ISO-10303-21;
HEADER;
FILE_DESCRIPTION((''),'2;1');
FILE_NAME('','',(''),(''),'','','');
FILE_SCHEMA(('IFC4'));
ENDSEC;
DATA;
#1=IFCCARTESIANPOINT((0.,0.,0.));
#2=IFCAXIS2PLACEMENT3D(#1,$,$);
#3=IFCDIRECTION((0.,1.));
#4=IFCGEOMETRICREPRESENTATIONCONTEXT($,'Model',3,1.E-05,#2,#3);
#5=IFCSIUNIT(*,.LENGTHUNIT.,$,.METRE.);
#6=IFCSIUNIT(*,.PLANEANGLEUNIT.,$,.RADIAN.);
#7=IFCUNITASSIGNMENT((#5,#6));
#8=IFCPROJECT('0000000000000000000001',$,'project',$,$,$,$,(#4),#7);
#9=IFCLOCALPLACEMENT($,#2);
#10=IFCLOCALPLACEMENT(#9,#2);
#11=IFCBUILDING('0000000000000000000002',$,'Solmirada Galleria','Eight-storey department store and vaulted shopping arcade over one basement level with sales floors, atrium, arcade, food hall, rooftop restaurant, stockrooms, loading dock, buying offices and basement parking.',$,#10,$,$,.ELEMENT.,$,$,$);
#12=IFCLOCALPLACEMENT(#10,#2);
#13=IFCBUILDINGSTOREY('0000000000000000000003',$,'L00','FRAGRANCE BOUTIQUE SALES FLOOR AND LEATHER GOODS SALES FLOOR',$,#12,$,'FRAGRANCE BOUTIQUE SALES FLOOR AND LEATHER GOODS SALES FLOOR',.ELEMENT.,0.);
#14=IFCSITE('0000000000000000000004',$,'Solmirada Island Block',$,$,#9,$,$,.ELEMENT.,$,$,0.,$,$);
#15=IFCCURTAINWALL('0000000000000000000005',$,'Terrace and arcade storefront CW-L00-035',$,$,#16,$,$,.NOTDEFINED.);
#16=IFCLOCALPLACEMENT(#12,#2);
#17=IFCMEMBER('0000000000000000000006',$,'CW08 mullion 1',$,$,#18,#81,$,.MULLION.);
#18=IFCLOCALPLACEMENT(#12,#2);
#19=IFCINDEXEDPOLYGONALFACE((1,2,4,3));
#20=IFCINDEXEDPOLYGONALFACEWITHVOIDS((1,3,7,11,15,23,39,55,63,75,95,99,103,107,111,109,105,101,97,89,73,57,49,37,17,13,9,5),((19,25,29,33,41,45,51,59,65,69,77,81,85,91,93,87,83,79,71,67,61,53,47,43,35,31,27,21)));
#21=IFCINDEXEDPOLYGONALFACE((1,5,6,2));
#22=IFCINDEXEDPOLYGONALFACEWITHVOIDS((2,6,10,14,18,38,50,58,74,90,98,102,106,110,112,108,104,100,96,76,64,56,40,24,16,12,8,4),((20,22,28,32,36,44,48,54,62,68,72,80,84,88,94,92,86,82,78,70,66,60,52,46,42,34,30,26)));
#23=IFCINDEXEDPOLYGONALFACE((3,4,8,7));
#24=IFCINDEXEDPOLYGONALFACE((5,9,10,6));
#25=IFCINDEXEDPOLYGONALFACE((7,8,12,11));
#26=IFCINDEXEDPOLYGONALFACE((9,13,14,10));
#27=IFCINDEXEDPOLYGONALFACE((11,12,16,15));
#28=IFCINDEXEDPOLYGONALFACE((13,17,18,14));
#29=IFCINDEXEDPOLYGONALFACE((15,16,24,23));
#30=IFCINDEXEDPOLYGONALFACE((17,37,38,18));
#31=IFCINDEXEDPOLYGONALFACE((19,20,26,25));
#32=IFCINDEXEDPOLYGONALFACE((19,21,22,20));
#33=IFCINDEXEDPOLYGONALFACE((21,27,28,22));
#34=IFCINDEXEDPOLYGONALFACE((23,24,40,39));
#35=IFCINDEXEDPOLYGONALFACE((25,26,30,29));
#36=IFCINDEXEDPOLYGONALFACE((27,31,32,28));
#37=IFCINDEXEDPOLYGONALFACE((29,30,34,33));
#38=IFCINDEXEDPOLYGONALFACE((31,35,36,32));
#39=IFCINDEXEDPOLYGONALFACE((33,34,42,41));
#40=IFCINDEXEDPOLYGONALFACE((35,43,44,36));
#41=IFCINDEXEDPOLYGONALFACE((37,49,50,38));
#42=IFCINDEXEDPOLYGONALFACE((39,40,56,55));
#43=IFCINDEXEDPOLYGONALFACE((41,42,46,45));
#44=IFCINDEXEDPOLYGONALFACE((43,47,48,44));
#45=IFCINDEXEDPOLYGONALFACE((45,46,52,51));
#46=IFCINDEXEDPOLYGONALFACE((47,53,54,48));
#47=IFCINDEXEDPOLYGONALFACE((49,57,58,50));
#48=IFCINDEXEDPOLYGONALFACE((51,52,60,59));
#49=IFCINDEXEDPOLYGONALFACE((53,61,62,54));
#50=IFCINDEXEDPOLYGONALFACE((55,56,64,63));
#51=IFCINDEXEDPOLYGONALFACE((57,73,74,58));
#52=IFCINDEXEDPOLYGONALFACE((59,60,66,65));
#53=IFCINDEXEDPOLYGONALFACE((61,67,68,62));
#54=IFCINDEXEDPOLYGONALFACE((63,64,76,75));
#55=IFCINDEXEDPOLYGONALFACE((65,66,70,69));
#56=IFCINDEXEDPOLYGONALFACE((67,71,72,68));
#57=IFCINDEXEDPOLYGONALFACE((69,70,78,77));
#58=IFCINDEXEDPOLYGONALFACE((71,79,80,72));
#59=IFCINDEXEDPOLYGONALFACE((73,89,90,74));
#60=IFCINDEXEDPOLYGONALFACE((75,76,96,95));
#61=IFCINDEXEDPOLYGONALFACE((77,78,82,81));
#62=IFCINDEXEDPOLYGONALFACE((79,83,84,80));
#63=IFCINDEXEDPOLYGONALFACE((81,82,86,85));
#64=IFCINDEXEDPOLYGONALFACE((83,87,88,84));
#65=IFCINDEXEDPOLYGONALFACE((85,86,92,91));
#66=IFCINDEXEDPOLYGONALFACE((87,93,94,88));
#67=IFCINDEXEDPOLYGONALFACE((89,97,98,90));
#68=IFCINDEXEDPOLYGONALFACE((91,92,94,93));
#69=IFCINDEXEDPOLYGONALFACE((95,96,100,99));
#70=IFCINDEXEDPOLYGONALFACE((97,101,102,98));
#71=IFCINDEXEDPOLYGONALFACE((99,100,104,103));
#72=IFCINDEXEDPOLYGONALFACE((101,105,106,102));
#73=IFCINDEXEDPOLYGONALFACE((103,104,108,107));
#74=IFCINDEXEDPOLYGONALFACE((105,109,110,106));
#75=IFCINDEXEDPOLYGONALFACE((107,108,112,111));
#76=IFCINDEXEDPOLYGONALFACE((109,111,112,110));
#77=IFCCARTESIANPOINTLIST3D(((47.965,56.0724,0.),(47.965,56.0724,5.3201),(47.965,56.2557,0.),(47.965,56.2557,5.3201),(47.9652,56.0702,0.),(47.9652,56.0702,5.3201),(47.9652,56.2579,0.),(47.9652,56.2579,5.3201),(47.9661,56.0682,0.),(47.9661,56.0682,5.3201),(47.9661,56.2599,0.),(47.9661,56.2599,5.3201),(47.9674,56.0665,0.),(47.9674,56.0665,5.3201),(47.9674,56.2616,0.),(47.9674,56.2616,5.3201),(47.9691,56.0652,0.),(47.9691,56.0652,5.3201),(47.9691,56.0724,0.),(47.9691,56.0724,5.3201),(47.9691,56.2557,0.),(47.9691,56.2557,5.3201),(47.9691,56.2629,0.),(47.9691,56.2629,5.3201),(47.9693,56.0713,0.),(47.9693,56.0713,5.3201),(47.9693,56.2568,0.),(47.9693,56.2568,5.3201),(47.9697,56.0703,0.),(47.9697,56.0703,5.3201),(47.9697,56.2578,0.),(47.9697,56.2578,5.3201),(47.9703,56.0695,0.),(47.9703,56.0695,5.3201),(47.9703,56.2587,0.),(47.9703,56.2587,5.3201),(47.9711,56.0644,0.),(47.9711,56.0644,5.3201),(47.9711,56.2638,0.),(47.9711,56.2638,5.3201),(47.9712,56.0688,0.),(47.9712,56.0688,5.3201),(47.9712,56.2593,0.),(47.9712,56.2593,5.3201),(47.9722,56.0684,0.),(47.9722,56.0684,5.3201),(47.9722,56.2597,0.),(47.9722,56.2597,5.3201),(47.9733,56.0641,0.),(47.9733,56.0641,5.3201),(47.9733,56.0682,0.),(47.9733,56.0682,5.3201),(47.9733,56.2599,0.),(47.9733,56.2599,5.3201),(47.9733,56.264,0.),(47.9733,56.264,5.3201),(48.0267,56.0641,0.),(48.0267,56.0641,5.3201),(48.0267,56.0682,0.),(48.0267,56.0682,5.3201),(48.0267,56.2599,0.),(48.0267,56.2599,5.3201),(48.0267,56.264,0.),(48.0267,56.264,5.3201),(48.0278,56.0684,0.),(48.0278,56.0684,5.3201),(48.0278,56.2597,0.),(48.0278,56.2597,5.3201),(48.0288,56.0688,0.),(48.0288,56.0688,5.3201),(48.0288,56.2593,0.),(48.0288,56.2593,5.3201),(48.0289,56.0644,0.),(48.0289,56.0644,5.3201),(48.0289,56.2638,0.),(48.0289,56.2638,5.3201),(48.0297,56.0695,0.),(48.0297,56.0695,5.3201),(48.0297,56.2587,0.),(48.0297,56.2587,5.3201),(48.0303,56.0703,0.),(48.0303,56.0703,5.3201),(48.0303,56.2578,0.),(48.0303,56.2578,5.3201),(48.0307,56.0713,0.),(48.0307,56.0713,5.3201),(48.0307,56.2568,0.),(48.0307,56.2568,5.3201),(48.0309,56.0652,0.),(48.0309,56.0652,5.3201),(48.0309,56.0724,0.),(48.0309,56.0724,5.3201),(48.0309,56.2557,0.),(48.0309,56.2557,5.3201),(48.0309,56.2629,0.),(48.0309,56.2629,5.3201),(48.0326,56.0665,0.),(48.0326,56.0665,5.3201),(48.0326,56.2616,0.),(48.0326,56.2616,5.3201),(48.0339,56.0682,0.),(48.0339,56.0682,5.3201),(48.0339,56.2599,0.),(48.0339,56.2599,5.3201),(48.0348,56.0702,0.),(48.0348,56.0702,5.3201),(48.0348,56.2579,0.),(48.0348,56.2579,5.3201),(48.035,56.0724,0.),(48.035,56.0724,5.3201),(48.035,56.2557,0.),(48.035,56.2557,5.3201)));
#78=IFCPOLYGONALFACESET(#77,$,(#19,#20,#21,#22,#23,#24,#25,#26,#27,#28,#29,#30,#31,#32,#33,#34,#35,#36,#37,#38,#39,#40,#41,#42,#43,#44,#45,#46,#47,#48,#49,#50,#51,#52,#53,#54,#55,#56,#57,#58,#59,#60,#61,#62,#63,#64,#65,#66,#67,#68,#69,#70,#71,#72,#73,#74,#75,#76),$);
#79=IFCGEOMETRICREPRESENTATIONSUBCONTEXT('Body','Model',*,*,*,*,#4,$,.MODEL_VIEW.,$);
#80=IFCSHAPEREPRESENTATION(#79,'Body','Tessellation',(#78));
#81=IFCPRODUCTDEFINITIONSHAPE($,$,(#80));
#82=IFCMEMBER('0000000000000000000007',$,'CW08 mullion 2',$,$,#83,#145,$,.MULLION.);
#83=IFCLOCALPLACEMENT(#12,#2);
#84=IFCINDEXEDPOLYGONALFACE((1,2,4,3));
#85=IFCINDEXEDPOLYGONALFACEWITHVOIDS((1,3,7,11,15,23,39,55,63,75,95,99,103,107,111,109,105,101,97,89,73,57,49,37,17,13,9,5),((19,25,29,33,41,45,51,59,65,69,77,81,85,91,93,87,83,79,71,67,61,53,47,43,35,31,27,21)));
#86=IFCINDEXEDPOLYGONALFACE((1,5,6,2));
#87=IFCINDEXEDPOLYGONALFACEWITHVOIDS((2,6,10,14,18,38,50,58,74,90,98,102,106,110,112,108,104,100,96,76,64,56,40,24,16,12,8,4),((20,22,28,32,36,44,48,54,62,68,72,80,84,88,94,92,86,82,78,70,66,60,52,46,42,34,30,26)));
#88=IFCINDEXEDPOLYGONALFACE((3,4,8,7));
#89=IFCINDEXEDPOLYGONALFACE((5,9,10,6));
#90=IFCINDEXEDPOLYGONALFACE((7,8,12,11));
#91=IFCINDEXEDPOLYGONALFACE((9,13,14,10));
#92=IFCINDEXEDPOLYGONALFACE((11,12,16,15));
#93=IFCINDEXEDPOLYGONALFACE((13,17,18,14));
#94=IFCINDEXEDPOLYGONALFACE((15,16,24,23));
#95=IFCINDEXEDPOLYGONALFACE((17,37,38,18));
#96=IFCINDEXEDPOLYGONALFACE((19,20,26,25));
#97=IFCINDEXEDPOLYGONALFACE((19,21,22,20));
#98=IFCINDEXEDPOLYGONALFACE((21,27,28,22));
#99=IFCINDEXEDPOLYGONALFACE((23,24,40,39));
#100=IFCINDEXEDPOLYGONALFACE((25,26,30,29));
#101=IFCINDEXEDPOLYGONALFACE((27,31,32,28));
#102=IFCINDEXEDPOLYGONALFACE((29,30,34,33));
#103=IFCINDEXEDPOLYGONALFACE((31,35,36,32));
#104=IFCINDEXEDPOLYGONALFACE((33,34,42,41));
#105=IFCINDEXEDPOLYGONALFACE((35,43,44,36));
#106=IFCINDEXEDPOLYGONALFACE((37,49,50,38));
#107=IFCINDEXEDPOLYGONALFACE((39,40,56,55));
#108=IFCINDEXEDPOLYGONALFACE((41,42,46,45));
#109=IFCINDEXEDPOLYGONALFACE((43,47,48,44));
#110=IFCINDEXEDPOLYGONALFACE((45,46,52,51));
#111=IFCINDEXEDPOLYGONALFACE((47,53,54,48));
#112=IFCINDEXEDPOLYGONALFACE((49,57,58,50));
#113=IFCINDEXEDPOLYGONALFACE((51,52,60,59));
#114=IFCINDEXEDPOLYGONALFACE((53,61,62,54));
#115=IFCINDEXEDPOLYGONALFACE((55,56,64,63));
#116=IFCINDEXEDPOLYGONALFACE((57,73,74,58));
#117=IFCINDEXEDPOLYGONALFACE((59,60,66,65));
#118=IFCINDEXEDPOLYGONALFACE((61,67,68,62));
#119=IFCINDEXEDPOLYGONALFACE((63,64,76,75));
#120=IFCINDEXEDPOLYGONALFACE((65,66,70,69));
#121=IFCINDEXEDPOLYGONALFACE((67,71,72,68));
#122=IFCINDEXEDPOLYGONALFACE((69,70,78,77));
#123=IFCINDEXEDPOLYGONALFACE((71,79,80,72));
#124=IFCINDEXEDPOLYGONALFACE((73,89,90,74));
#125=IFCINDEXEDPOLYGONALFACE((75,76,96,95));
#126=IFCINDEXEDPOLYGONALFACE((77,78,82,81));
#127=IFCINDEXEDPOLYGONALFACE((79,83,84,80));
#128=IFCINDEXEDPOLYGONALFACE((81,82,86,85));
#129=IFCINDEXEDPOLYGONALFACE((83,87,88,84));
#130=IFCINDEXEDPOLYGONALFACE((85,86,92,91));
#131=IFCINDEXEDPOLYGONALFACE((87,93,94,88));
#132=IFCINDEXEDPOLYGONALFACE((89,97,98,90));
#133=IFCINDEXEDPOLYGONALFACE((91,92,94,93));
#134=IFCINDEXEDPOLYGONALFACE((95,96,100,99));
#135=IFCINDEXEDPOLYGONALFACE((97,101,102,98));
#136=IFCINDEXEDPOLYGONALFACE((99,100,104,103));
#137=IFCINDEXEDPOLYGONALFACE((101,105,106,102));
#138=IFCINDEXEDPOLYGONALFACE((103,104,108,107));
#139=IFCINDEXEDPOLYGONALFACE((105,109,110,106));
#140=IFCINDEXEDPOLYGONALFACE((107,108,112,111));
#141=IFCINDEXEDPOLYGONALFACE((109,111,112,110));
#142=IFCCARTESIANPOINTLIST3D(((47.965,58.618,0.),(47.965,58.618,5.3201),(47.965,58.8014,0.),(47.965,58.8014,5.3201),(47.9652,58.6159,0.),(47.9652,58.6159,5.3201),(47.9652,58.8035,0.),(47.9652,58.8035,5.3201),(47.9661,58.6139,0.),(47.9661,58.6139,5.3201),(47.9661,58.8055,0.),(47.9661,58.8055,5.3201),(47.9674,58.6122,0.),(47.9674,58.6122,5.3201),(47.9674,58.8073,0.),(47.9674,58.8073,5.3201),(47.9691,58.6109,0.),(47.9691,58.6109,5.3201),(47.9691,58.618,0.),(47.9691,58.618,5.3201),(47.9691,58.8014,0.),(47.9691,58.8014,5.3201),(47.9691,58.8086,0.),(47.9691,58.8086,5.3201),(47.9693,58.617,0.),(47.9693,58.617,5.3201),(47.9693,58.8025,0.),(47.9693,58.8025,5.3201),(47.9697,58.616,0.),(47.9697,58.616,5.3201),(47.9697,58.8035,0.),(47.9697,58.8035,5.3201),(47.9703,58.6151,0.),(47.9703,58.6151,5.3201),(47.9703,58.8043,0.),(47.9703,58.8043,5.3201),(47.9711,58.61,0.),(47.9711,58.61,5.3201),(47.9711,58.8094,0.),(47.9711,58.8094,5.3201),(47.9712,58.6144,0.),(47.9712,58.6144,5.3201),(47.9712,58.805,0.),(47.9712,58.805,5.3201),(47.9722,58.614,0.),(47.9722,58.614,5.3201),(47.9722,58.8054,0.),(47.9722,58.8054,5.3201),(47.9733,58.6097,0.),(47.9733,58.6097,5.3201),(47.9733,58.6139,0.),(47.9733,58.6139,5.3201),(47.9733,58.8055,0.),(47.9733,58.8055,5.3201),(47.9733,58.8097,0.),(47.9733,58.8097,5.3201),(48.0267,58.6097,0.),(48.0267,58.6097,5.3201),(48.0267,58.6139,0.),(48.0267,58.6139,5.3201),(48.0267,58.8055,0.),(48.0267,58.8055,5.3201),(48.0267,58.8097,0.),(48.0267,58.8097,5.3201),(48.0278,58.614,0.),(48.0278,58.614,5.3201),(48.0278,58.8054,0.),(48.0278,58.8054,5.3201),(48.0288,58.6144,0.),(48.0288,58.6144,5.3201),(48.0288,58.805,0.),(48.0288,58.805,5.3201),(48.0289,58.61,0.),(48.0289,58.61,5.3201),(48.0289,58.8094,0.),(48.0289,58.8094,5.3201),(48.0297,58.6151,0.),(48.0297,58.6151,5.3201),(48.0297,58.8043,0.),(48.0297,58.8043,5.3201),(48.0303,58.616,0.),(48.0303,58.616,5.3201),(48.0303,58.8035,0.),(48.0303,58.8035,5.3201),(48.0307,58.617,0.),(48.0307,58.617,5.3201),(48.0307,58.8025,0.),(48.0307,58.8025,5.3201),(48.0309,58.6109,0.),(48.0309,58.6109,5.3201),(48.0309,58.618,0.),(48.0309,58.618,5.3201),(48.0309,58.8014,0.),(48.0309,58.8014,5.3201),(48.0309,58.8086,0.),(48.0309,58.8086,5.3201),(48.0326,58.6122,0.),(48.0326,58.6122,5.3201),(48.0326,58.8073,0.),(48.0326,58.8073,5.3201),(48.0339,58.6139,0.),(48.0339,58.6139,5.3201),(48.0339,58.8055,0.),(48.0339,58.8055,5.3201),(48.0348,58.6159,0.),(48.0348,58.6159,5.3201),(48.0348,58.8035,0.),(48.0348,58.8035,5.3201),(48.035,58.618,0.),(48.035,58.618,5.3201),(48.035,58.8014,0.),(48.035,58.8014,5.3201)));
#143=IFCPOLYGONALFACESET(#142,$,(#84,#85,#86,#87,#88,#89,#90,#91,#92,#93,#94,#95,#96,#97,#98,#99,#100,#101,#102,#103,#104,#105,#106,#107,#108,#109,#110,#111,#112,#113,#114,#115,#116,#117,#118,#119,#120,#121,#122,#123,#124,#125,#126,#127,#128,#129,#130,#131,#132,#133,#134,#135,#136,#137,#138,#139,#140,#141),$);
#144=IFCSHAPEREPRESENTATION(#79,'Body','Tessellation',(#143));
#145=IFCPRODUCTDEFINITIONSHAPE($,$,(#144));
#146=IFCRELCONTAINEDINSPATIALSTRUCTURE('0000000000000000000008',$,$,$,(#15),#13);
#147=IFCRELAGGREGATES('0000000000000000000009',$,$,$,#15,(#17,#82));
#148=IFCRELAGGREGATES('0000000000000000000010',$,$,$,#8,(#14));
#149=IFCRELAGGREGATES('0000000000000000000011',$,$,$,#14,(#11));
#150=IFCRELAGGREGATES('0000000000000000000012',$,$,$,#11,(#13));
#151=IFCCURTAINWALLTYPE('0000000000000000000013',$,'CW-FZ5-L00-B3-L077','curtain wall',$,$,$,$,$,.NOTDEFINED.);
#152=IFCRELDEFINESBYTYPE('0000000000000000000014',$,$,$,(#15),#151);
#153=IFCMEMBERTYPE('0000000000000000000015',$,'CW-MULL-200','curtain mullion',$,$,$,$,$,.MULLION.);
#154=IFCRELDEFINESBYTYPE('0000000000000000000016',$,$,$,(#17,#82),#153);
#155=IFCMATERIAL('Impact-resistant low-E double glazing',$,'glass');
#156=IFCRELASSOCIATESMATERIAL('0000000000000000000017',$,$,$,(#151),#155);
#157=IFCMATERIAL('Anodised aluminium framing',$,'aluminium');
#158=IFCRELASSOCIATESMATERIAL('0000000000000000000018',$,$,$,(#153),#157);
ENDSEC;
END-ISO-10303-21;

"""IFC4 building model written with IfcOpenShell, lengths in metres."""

from ifc_helpers import new_model, si_unit, direction, frame, origin, origin_2d, place, context, subcontext, project, spatial, hollow_rectangle, extrude, material, material_profile, profile_set, type_object, element, aggregate, save


model = new_model("IFC4")

# Units and contexts
model_context = context("Model", 3, precision=1e-05, world=origin(), true_north=direction((0.0, 1.0)))
body_context = subcontext(model_context, "Body", "Model", "MODEL_VIEW")
ifc_project = project(units=[si_unit("LENGTHUNIT", "METRE"), si_unit("PLANEANGLEUNIT", "RADIAN")], contexts=[model_context])

# Site, building, storey
site_placement = place(None, origin())
site = spatial("IfcSite", under=ifc_project, at=site_placement, Name="Solmirada Island Block", CompositionType="ELEMENT", RefElevation=0.0)
building_placement = place(site_placement, origin())
building = spatial("IfcBuilding", under=site, at=building_placement, Name="Solmirada Galleria", Description="Eight-storey department store and vaulted shopping arcade over one basement level with sales floors, atrium, arcade, food hall, rooftop restaurant, stockrooms, loading dock, buying offices and basement parking.", CompositionType="ELEMENT")
storey_placement = place(building_placement, origin())
storey = spatial("IfcBuildingStorey", under=building, at=storey_placement, Name="L00", Description="FRAGRANCE BOUTIQUE SALES FLOOR AND LEATHER GOODS SALES FLOOR", LongName="FRAGRANCE BOUTIQUE SALES FLOOR AND LEATHER GOODS SALES FLOOR", CompositionType="ELEMENT", Elevation=0.0)

# Curtain wall, members
ifc_material_1 = material(Name="Impact-resistant low-E double glazing", Category="glass")
curtain_wall_type = type_object("IfcCurtainWallType", Name="CW-FZ5-L00-B3-L077", Description="curtain wall", PredefinedType="NOTDEFINED", material=ifc_material_1)
ifc_material_2 = material(Name="Anodised aluminium framing", Category="aluminium")
ifc_material_profile_1 = material_profile(ifc_material_2, hollow_rectangle(XDim=0.0701, YDim=0.2, WallThickness=0.0042, InnerFilletRadius=0.0042, OuterFilletRadius=0.0083, at=origin_2d()), Name="ALU-MULL-200X70")
ifc_profile_set_1 = profile_set([ifc_material_profile_1], Name="Anodised aluminium framing")
member_type_1 = type_object("IfcMemberType", Name="CW-MULL-200", Description="curtain mullion", PredefinedType="MULLION", material=ifc_profile_set_1)
curtain_wall_1_placement = place(storey_placement, origin())
curtain_wall_1 = element("IfcCurtainWall", 1, at=curtain_wall_1_placement, inside=storey, type_object=curtain_wall_type, Name="Terrace and arcade storefront CW-L00-035", PredefinedType="NOTDEFINED")
member_1_placement = place(storey_placement, frame((48.0, 56.1641, 0.0), z_axis=(0.0, 0.0, 1.0), x_axis=(-1.0, 0.0, 0.0)))
member_1 = element("IfcMember", 2, at=member_1_placement, type_object=member_type_1, Name="CW08 mullion 1", PredefinedType="MULLION", context=body_context, shape_type="SweptSolid", body=[
    extrude(hollow_rectangle(XDim=0.0701, YDim=0.2, WallThickness=0.0042, InnerFilletRadius=0.0042, OuterFilletRadius=0.0083, at=origin_2d()), origin(), (0.0, 0.0, 1.0), 5.3201),
])
member_2_placement = place(storey_placement, frame((48.0, 58.7097, 0.0), z_axis=(0.0, 0.0, 1.0), x_axis=(-1.0, 0.0, 0.0)))
member_2 = element("IfcMember", 3, at=member_2_placement, type_object=member_type_1, Name="CW08 mullion 2", PredefinedType="MULLION", context=body_context, shape_type="SweptSolid", body=[
    extrude(hollow_rectangle(XDim=0.0701, YDim=0.2, WallThickness=0.0042, InnerFilletRadius=0.0042, OuterFilletRadius=0.0083, at=origin_2d()), origin(), (0.0, 0.0, 1.0), 5.3201),
])

aggregate(curtain_wall_1, [member_1, member_2])

save(model, "model.ifc")
